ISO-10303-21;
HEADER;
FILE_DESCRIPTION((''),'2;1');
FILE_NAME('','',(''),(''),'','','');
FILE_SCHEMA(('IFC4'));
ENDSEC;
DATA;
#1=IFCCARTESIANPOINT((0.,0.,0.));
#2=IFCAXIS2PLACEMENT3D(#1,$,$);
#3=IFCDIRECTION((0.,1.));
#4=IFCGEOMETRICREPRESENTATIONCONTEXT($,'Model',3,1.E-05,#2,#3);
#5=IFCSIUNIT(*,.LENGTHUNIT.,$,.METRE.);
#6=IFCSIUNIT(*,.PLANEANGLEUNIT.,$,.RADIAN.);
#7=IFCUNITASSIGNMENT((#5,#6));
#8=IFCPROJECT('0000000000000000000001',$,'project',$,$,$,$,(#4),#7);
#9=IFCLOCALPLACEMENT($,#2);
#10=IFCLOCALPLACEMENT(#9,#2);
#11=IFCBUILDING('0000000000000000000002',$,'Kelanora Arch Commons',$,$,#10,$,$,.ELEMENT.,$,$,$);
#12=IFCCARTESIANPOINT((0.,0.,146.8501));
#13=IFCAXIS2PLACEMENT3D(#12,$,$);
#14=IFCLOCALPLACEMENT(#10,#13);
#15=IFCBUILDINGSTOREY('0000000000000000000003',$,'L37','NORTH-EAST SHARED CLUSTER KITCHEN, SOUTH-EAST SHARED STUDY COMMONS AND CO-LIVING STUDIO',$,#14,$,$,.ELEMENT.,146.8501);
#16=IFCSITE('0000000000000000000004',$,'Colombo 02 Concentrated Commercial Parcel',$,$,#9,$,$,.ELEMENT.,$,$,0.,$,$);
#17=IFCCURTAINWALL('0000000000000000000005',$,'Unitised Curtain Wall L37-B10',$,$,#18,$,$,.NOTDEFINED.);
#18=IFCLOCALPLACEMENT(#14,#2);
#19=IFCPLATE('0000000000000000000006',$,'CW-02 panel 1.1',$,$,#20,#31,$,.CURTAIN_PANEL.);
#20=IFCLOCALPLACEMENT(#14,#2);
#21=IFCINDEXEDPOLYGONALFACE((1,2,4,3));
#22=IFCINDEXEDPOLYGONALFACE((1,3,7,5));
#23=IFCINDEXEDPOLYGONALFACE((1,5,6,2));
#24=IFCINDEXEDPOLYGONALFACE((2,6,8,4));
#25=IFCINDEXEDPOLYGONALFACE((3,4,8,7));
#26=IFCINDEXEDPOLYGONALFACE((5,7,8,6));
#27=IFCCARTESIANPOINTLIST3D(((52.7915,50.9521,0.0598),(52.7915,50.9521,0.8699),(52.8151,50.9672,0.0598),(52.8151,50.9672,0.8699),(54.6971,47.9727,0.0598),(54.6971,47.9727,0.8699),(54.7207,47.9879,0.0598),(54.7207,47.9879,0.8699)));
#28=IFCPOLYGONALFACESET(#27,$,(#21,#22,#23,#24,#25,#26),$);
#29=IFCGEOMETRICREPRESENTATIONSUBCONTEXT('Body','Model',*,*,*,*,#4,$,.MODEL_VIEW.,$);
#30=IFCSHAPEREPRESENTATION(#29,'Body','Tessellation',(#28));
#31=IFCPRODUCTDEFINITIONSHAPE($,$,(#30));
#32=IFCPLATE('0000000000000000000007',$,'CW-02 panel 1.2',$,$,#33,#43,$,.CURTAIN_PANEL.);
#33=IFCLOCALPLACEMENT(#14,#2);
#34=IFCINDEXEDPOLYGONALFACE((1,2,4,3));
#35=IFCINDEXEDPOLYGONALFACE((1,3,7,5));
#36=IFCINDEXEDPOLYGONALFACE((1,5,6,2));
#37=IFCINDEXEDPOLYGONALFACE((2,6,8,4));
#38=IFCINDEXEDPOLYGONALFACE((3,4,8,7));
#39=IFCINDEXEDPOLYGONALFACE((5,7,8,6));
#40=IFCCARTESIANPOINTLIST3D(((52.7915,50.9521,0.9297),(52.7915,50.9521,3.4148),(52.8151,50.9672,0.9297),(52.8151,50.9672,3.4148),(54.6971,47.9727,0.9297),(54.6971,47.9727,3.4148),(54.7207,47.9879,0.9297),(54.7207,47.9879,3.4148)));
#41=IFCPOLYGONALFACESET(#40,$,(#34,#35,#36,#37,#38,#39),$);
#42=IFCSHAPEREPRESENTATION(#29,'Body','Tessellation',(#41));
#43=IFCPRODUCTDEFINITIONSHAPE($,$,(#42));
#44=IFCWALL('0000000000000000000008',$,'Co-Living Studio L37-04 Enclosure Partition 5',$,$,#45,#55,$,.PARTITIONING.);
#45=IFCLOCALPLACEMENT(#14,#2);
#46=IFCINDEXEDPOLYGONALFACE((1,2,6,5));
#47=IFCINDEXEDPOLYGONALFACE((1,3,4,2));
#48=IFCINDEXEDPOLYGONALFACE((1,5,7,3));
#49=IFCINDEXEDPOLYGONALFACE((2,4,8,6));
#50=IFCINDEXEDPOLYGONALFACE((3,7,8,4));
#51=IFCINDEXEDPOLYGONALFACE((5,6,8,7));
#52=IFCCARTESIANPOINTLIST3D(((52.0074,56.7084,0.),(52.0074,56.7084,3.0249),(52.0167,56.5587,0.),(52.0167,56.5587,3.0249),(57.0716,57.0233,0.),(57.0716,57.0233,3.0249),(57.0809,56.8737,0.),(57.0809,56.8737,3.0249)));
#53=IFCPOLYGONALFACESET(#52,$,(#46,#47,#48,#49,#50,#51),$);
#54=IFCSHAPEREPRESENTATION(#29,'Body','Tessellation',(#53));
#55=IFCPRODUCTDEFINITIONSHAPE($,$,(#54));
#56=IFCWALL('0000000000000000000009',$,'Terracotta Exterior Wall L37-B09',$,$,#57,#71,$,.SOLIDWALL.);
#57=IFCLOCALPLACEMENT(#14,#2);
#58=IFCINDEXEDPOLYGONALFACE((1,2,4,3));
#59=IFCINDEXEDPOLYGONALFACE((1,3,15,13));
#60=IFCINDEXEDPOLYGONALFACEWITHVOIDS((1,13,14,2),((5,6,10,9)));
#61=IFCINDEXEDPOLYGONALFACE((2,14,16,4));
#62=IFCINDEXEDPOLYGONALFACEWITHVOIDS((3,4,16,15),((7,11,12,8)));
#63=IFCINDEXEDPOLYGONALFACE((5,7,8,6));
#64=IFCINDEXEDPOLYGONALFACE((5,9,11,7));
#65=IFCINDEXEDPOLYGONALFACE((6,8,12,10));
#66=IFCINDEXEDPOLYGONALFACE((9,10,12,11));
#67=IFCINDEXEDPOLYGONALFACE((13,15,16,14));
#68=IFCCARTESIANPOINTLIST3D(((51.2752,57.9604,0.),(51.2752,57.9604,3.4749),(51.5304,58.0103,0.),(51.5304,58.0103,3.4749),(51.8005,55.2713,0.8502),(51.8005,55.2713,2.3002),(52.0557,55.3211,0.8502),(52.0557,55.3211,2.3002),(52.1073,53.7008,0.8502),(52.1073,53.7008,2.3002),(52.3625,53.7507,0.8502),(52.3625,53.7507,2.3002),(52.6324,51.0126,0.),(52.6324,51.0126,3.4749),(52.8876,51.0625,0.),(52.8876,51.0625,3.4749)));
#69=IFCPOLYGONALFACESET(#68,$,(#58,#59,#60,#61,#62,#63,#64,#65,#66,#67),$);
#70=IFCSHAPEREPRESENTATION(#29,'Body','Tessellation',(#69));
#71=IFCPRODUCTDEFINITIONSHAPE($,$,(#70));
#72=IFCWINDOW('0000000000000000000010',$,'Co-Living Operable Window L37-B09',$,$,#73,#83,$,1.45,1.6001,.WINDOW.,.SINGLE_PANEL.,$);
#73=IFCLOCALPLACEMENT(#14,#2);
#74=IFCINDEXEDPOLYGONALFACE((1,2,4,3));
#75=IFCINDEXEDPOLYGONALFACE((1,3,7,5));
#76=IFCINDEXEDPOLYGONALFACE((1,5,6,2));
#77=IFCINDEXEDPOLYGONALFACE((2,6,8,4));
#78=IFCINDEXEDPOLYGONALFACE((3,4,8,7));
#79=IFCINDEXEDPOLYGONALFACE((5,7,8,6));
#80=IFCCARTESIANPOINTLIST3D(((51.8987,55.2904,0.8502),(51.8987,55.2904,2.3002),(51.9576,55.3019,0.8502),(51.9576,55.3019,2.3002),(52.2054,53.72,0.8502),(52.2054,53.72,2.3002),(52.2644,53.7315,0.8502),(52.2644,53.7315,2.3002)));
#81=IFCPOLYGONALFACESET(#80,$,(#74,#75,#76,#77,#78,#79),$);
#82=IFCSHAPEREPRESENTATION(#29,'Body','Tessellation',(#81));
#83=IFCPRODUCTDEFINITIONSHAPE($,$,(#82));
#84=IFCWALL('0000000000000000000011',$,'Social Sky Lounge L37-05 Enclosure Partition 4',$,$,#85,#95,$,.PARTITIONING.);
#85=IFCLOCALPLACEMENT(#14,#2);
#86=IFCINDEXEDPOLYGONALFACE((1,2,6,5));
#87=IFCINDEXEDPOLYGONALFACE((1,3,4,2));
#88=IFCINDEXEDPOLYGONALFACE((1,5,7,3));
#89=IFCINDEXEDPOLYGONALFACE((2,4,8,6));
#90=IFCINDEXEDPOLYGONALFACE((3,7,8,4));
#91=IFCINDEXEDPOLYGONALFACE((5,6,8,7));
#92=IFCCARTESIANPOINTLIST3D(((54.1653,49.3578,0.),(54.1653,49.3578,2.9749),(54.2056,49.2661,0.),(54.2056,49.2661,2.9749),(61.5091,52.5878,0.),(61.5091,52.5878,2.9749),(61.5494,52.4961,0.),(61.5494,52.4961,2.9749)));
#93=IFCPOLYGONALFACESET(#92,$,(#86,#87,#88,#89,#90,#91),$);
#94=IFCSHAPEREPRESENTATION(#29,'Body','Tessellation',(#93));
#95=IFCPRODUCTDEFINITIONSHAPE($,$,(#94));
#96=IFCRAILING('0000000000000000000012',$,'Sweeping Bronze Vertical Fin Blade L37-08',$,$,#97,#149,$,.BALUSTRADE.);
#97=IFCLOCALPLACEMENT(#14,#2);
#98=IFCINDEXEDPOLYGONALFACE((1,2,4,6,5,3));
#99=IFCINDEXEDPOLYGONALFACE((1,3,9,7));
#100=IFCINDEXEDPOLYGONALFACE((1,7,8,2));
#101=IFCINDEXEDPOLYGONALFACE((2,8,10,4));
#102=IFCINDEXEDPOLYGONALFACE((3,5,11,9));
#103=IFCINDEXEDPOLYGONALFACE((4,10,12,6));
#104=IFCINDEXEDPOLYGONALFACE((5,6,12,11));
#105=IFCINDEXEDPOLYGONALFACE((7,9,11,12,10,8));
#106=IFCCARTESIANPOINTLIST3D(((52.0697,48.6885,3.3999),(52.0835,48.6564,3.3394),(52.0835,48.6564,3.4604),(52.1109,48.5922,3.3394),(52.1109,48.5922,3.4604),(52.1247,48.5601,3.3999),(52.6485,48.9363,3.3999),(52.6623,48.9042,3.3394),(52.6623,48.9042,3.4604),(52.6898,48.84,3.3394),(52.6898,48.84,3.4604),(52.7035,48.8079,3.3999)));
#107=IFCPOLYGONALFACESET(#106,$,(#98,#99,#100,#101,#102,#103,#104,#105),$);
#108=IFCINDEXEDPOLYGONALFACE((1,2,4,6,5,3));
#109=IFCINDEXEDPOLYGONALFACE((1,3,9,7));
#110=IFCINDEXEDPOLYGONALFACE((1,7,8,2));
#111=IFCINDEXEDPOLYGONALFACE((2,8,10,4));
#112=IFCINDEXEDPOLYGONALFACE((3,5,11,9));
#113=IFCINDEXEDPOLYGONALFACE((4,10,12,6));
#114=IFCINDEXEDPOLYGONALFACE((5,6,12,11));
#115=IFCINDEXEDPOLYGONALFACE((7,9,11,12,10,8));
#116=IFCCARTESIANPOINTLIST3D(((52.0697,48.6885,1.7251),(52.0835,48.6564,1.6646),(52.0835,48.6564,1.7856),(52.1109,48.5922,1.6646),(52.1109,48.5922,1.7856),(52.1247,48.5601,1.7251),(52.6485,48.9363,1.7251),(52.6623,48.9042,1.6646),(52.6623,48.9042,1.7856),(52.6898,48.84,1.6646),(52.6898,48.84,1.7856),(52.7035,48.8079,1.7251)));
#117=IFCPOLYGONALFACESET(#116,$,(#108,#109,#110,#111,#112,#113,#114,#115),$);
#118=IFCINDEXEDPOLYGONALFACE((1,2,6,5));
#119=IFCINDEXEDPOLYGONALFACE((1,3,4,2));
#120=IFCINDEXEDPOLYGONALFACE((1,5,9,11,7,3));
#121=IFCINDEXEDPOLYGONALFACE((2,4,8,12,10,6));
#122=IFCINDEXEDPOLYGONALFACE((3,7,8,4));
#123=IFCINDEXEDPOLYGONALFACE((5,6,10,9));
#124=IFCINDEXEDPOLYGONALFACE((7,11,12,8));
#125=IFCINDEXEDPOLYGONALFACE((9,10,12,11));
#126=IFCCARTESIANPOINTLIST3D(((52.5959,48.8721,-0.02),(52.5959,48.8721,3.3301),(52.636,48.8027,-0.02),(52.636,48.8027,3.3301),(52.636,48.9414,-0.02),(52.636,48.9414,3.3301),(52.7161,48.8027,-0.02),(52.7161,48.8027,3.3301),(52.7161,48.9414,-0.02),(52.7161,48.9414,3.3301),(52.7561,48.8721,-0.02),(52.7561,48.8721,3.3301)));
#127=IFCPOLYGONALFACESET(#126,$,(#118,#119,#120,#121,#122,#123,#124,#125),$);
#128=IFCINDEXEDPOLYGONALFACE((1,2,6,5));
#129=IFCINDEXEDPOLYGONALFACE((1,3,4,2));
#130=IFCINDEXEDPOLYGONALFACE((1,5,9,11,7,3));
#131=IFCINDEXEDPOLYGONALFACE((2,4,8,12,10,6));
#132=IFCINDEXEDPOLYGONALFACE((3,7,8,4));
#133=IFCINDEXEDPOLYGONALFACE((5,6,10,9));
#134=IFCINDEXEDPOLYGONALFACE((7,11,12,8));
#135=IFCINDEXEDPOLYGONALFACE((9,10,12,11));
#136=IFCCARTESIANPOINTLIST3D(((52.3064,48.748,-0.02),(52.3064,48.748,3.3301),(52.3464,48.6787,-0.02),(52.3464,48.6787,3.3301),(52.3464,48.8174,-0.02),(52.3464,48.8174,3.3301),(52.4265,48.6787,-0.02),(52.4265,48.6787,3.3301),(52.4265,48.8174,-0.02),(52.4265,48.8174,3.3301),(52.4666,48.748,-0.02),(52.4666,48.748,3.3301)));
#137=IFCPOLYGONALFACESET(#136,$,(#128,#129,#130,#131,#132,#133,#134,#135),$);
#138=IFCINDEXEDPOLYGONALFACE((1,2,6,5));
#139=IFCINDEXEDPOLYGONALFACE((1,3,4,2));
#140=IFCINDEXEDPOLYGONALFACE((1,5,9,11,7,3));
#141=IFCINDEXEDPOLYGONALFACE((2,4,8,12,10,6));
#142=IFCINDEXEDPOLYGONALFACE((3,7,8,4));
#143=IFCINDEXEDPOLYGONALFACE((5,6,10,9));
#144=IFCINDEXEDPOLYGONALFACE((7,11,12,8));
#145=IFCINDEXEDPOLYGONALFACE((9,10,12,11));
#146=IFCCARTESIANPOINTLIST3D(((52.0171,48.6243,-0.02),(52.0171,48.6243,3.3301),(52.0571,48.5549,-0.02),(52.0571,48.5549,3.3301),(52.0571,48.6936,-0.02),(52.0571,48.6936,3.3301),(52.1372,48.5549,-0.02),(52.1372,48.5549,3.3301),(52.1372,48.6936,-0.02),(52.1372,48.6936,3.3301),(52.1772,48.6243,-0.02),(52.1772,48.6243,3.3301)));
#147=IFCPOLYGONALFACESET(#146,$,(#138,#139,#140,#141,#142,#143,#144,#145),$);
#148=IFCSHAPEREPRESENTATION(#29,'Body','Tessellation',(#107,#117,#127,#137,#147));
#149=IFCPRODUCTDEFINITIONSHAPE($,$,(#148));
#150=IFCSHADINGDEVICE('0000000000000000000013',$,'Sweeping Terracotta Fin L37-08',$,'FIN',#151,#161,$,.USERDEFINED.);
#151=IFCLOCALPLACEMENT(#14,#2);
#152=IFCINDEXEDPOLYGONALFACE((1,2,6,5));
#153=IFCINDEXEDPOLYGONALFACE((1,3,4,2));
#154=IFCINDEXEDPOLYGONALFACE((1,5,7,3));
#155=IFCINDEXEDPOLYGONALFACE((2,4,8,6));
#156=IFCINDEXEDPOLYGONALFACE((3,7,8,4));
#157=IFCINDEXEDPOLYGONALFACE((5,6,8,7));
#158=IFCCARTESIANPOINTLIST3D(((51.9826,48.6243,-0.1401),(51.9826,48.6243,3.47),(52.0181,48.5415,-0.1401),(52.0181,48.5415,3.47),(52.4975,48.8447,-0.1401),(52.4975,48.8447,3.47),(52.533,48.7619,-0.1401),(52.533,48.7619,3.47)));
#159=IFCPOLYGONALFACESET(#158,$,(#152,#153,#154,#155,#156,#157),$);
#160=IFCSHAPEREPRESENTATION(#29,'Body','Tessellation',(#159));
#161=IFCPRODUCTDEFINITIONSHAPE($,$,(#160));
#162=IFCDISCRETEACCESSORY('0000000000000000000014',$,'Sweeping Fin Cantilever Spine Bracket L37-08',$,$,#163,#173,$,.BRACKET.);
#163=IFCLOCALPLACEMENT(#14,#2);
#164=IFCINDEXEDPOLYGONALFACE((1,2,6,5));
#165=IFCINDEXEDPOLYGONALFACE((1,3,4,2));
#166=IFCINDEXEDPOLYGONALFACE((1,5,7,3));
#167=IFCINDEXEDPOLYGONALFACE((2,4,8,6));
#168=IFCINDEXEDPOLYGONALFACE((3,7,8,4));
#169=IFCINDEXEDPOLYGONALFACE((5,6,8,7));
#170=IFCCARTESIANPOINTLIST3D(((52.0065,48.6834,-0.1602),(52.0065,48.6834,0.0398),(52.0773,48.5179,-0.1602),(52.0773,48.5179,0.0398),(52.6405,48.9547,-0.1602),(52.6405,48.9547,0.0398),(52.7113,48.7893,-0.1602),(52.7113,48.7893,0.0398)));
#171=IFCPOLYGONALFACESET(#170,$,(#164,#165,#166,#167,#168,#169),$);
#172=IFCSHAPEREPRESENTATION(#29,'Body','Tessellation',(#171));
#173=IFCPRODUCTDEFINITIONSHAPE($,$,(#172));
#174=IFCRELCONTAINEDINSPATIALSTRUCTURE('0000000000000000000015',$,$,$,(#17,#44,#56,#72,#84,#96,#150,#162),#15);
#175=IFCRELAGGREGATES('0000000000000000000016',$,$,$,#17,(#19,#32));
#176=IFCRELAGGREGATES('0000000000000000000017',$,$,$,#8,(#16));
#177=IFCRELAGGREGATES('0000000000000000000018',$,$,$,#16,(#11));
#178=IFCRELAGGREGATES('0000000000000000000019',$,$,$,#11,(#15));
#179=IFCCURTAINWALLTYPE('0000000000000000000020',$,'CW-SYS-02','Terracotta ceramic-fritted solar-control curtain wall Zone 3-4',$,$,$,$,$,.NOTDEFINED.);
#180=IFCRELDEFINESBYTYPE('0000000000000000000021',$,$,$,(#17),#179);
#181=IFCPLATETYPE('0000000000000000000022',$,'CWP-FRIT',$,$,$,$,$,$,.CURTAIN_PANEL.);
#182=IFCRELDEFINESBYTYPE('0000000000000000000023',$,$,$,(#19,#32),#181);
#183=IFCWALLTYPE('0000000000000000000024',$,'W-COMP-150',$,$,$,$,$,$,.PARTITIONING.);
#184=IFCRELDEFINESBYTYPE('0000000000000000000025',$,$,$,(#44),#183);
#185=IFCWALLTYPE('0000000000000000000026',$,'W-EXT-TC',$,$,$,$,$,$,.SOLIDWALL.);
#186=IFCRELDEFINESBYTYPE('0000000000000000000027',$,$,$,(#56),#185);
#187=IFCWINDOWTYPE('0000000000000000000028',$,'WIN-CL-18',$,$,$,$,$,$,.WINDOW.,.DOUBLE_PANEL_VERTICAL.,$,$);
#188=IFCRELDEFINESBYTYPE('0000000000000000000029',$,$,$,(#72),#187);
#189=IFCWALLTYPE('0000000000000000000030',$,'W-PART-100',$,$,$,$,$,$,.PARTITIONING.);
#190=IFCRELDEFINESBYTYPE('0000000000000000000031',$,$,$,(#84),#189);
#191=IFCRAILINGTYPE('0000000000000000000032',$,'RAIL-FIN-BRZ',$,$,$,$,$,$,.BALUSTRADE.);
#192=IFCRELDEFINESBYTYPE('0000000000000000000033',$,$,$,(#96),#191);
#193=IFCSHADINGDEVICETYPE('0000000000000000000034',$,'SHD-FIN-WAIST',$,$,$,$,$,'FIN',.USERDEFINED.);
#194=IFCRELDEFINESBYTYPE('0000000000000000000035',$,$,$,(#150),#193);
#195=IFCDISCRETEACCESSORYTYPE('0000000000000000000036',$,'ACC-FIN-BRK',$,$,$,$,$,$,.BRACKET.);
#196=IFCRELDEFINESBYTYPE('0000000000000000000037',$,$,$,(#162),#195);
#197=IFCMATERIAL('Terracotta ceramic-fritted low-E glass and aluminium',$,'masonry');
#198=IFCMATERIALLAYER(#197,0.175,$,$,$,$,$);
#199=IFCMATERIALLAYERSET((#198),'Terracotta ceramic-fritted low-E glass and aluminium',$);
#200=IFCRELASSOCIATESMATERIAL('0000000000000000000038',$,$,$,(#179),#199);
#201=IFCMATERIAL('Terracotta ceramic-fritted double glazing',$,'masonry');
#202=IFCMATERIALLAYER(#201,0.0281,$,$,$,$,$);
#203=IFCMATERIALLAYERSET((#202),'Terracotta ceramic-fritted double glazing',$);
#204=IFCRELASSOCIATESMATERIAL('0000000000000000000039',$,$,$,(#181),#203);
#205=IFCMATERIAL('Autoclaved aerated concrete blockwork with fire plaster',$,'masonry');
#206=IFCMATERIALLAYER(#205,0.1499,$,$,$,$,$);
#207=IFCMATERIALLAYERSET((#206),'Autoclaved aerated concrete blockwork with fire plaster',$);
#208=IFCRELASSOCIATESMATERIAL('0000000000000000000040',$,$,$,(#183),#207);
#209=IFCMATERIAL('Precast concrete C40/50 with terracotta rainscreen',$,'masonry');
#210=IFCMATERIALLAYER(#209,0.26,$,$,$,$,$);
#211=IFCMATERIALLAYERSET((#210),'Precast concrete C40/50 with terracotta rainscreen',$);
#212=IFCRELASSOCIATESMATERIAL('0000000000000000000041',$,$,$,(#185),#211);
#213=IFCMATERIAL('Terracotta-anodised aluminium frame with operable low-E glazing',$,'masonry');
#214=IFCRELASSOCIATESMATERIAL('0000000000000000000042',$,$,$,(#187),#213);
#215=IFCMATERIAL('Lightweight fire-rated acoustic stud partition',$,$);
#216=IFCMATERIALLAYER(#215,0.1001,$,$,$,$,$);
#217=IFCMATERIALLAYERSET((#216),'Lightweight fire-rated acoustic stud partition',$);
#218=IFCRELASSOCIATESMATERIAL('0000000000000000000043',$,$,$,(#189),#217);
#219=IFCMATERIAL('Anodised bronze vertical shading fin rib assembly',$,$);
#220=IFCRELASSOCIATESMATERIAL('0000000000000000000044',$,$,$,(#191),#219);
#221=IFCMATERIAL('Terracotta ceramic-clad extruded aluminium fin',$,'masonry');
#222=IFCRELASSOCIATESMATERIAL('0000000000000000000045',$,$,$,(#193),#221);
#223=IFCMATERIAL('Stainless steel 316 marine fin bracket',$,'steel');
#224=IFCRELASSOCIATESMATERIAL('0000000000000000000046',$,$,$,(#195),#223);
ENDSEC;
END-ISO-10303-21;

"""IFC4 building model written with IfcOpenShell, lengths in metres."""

from ifc_helpers import new_model, si_unit, direction, frame, frame_2d, origin, origin_2d, place, context, subcontext, project, spatial, polyline, rectangle, outline, extrude, source, transform, mapped, material, layer, layer_set, type_object, element, fill, aggregate, save


model = new_model("IFC4")

# Units and contexts
model_context = context("Model", 3, precision=1e-05, world=origin(), true_north=direction((0.0, 1.0)))
body_context = subcontext(model_context, "Body", "Model", "MODEL_VIEW")
ifc_project = project(units=[si_unit("LENGTHUNIT", "METRE"), si_unit("PLANEANGLEUNIT", "RADIAN")], contexts=[model_context])

# Site, building, storey
site_placement = place(None, origin())
site = spatial("IfcSite", under=ifc_project, at=site_placement, Name="Colombo 02 Concentrated Commercial Parcel", CompositionType="ELEMENT", RefElevation=0.0)
building_placement = place(site_placement, origin())
building = spatial("IfcBuilding", under=site, at=building_placement, Name="Kelanora Arch Commons", CompositionType="ELEMENT")
storey_placement = place(building_placement, frame((0.0, 0.0, 146.8501)))
storey = spatial("IfcBuildingStorey", under=building, at=storey_placement, Name="L37", Description="NORTH-EAST SHARED CLUSTER KITCHEN, SOUTH-EAST SHARED STUDY COMMONS AND CO-LIVING STUDIO", CompositionType="ELEMENT", Elevation=146.8501)

# Shared definitions
ifc_material_1 = material(Name="Terracotta ceramic-fritted low-E glass and aluminium", Category="masonry")
ifc_layer_1 = layer(ifc_material_1, 0.175)
ifc_layer_set_1 = layer_set([ifc_layer_1], Name="Terracotta ceramic-fritted low-E glass and aluminium")
curtain_wall_type = type_object("IfcCurtainWallType", Name="CW-SYS-02", Description="Terracotta ceramic-fritted solar-control curtain wall Zone 3-4", PredefinedType="NOTDEFINED", material=ifc_layer_set_1)

# Curtain wall
curtain_wall_1_placement = place(storey_placement, origin())
curtain_wall_1 = element("IfcCurtainWall", 1, at=curtain_wall_1_placement, inside=storey, type_object=curtain_wall_type, Name="Unitised Curtain Wall L37-B10", PredefinedType="NOTDEFINED")

# Plates
ifc_material_2 = material(Name="Terracotta ceramic-fritted double glazing", Category="masonry")
ifc_layer_2 = layer(ifc_material_2, 0.0281)
ifc_layer_set_2 = layer_set([ifc_layer_2], Name="Terracotta ceramic-fritted double glazing")
plate_type = type_object("IfcPlateType", Name="CWP-FRIT", PredefinedType="CURTAIN_PANEL", material=ifc_layer_set_2)
shared_shape_1 = source(origin(), body_context, "Body", "SweptSolid", [
    extrude(rectangle(XDim=3.5366, YDim=0.0281, at=origin_2d()), origin(), (0.0, 0.0, 1.0), 0.8101),
])
plate_1_placement = place(storey_placement, frame((53.7561, 49.47, 0.0598), z_axis=(0.0, 0.0, 1.0), x_axis=(0.538817, -0.842423, 0.0)))
plate_1 = element("IfcPlate", 2, at=plate_1_placement, type_object=plate_type, Name="CW-02 panel 1.1", PredefinedType="CURTAIN_PANEL", context=body_context, shape_type="MappedRepresentation", body=[
    mapped(shared_shape_1, transform((0.0, 0.0, 0.0), scale=1.0)),
])
shared_shape_2 = source(origin(), body_context, "Body", "SweptSolid", [
    extrude(rectangle(XDim=3.5366, YDim=0.0281, at=origin_2d()), origin(), (0.0, 0.0, 1.0), 2.4851),
])
plate_2_placement = place(storey_placement, frame((53.7561, 49.47, 0.9297), z_axis=(0.0, 0.0, 1.0), x_axis=(0.538817, -0.842423, 0.0)))
plate_2 = element("IfcPlate", 3, at=plate_2_placement, type_object=plate_type, Name="CW-02 panel 1.2", PredefinedType="CURTAIN_PANEL", context=body_context, shape_type="MappedRepresentation", body=[
    mapped(shared_shape_2, transform((0.0, 0.0, 0.0), scale=1.0)),
])
aggregate(curtain_wall_1, [plate_1, plate_2])

# Wall
ifc_material_3 = material(Name="Autoclaved aerated concrete blockwork with fire plaster", Category="masonry")
ifc_layer_3 = layer(ifc_material_3, 0.1499)
ifc_layer_set_3 = layer_set([ifc_layer_3], Name="Autoclaved aerated concrete blockwork with fire plaster")
wall_type_1 = type_object("IfcWallType", Name="W-COMP-150", PredefinedType="PARTITIONING", material=ifc_layer_set_3)
wall_1_placement = place(storey_placement, frame((52.012, 56.6335, 0.0), z_axis=(0.0, 0.0, 1.0), x_axis=(0.998072, 0.06207, 0.0)))
element("IfcWall", 4, at=wall_1_placement, inside=storey, type_object=wall_type_1, Name="Co-Living Studio L37-04 Enclosure Partition 5", PredefinedType="PARTITIONING", context=body_context, shape_type="SweptSolid", body=[
    extrude(rectangle(XDim=5.074, YDim=0.1499, at=frame_2d((2.5371, 0.0))), origin(), (0.0, 0.0, 1.0), 3.0249),
])

# Wall, opening, window
ifc_material_4 = material(Name="Precast concrete C40/50 with terracotta rainscreen", Category="masonry")
ifc_layer_4 = layer(ifc_material_4, 0.26)
ifc_layer_set_4 = layer_set([ifc_layer_4], Name="Precast concrete C40/50 with terracotta rainscreen")
wall_type_2 = type_object("IfcWallType", Name="W-EXT-TC", PredefinedType="SOLIDWALL", material=ifc_layer_set_4)
wall_2_placement = place(storey_placement, frame((51.4028, 57.9854, 0.0), z_axis=(0.0, 0.0, 1.0), x_axis=(0.191717, -0.98145, 0.0)))
wall_2 = element("IfcWall", 5, at=wall_2_placement, inside=storey, type_object=wall_type_2, Name="Terracotta Exterior Wall L37-B09", PredefinedType="SOLIDWALL", context=body_context, shape_type="SweptSolid", body=[
    extrude(rectangle(XDim=7.0791, YDim=0.26, at=frame_2d((3.5396, 0.0))), origin(), (0.0, 0.0, 1.0), 3.4749),
])
opening_placement = place(wall_2_placement, frame((2.74, 0.0, 0.8501)))
opening = element("IfcOpeningElement", 6, at=opening_placement, cuts=wall_2, PredefinedType="OPENING", context=body_context, shape_type="SweptSolid", body=[
    extrude(rectangle(XDim=1.6001, YDim=1.45, at=frame_2d((0.8, 0.7251))), frame((0.0, 0.1401, 0.0), z_axis=(0.0, -1.0, 0.0), x_axis=(1.0, 0.0, 0.0)), (0.0, 0.0, 1.0), 0.28),
])
ifc_material_5 = material(Name="Terracotta-anodised aluminium frame with operable low-E glazing", Category="masonry")
window_type = type_object("IfcWindowType", Name="WIN-CL-18", PartitioningType="DOUBLE_PANEL_VERTICAL", PredefinedType="WINDOW", material=ifc_material_5)
window_placement = place(opening_placement, origin())
window = element("IfcWindow", 7, at=window_placement, inside=storey, type_object=window_type, Name="Co-Living Operable Window L37-B09", OverallHeight=1.45, OverallWidth=1.6001, PartitioningType="SINGLE_PANEL", PredefinedType="WINDOW", context=body_context, shape_type="SweptSolid", body=[
    extrude(rectangle(XDim=1.6001, YDim=1.45, at=frame_2d((0.8, 0.7251))), frame((0.0, 0.03, 0.0), z_axis=(0.0, -1.0, 0.0), x_axis=(1.0, 0.0, 0.0)), (0.0, 0.0, 1.0), 0.0601),
])
fill(opening, window)

# Wall
ifc_material_6 = material(Name="Lightweight fire-rated acoustic stud partition")
ifc_layer_5 = layer(ifc_material_6, 0.1001)
ifc_layer_set_5 = layer_set([ifc_layer_5], Name="Lightweight fire-rated acoustic stud partition")
wall_type_3 = type_object("IfcWallType", Name="W-PART-100", PredefinedType="PARTITIONING", material=ifc_layer_set_5)
wall_3_placement = place(storey_placement, frame((54.1855, 49.312, 0.0), z_axis=(0.0, 0.0, 1.0), x_axis=(0.915373, 0.402606, 0.0)))
element("IfcWall", 8, at=wall_3_placement, inside=storey, type_object=wall_type_3, Name="Social Sky Lounge L37-05 Enclosure Partition 4", PredefinedType="PARTITIONING", context=body_context, shape_type="SweptSolid", body=[
    extrude(rectangle(XDim=8.0227, YDim=0.1001, at=frame_2d((4.0112, 0.0))), origin(), (0.0, 0.0, 1.0), 2.9749),
])

# Railing
ifc_material_7 = material(Name="Anodised bronze vertical shading fin rib assembly")
railing_type = type_object("IfcRailingType", Name="RAIL-FIN-BRZ", PredefinedType="BALUSTRADE", material=ifc_material_7)
railing_placement = place(storey_placement, frame((52.676, 48.8721, -0.02)))
element("IfcRailing", 9, at=railing_placement, inside=storey, type_object=railing_type, Name="Sweeping Bronze Vertical Fin Blade L37-08", PredefinedType="BALUSTRADE", context=body_context, shape_type="SweptSolid", body=[
    extrude(outline(polyline([(0.0698, 0.0), (0.0349, 0.0605), (-0.0349, 0.0605), (-0.0698, 0.0), (-0.0349, -0.0605), (0.0349, -0.0605), (0.0698, 0.0)])), frame((0.0, 0.0, 3.4199), z_axis=(-0.919305, -0.393545, 0.0), x_axis=(0.393545, -0.919305, 0.0)), (0.0, 0.0, 1.0), 0.6296),
    extrude(outline(polyline([(0.0698, 0.0), (0.0349, 0.0605), (-0.0349, 0.0605), (-0.0698, 0.0), (-0.0349, -0.0605), (0.0349, -0.0605), (0.0698, 0.0)])), frame((0.0, 0.0, 1.7451), z_axis=(-0.919305, -0.393545, 0.0), x_axis=(0.393545, -0.919305, 0.0)), (0.0, 0.0, 1.0), 0.6296),
    extrude(outline(polyline([(0.0801, 0.0), (0.04, 0.0693), (-0.04, 0.0693), (-0.0801, 0.0), (-0.04, -0.0693), (0.04, -0.0693), (0.0801, 0.0)])), origin(), (0.0, 0.0, 1.0), 3.3501),
    extrude(outline(polyline([(0.0801, 0.0), (0.04, 0.0693), (-0.04, 0.0693), (-0.0801, 0.0), (-0.04, -0.0693), (0.04, -0.0693), (0.0801, 0.0)])), frame((-0.2896, -0.124, 0.0)), (0.0, 0.0, 1.0), 3.3501),
    extrude(outline(polyline([(0.0801, 0.0), (0.04, 0.0693), (-0.04, 0.0693), (-0.0801, 0.0), (-0.04, -0.0693), (0.04, -0.0693), (0.0801, 0.0)])), frame((-0.5789, -0.2478, 0.0)), (0.0, 0.0, 1.0), 3.3501),
])

# Shading device
ifc_material_8 = material(Name="Terracotta ceramic-clad extruded aluminium fin", Category="masonry")
shading_device_type = type_object("IfcShadingDeviceType", Name="SHD-FIN-WAIST", ElementType="FIN", PredefinedType="USERDEFINED", material=ifc_material_8)
shared_shape_3 = source(origin(), body_context, "Body", "SweptSolid", [
    extrude(rectangle(XDim=0.5601, YDim=0.0901, at=origin_2d()), origin(), (0.0, 0.0, 1.0), 3.6101),
])
shading_device_placement = place(storey_placement, frame((52.2578, 48.6931, -0.1401), z_axis=(0.0, 0.0, 1.0), x_axis=(-0.919341, -0.393461, 0.0)))
element("IfcShadingDevice", 10, at=shading_device_placement, inside=storey, type_object=shading_device_type, Name="Sweeping Terracotta Fin L37-08", ObjectType="FIN", PredefinedType="USERDEFINED", context=body_context, shape_type="MappedRepresentation", body=[
    mapped(shared_shape_3, transform((0.0, 0.0, 0.0), scale=1.0)),
])

# Discrete accessory
ifc_material_9 = material(Name="Stainless steel 316 marine fin bracket", Category="steel")
discrete_accessory_type = type_object("IfcDiscreteAccessoryType", Name="ACC-FIN-BRK", PredefinedType="BRACKET", material=ifc_material_9)
shared_shape_4 = source(origin(), body_context, "Body", "SweptSolid", [
    extrude(rectangle(XDim=0.6897, YDim=0.1799, at=origin_2d()), origin(), (0.0, 0.0, 1.0), 0.2),
])
discrete_accessory_placement = place(storey_placement, frame((52.3589, 48.7363, -0.1602), z_axis=(0.0, 0.0, 1.0), x_axis=(-0.919341, -0.393461, 0.0)))
element("IfcDiscreteAccessory", 11, at=discrete_accessory_placement, inside=storey, type_object=discrete_accessory_type, Name="Sweeping Fin Cantilever Spine Bracket L37-08", PredefinedType="BRACKET", context=body_context, shape_type="MappedRepresentation", body=[
    mapped(shared_shape_4, transform((0.0, 0.0, 0.0), scale=1.0)),
])

save(model, "model.ifc")
